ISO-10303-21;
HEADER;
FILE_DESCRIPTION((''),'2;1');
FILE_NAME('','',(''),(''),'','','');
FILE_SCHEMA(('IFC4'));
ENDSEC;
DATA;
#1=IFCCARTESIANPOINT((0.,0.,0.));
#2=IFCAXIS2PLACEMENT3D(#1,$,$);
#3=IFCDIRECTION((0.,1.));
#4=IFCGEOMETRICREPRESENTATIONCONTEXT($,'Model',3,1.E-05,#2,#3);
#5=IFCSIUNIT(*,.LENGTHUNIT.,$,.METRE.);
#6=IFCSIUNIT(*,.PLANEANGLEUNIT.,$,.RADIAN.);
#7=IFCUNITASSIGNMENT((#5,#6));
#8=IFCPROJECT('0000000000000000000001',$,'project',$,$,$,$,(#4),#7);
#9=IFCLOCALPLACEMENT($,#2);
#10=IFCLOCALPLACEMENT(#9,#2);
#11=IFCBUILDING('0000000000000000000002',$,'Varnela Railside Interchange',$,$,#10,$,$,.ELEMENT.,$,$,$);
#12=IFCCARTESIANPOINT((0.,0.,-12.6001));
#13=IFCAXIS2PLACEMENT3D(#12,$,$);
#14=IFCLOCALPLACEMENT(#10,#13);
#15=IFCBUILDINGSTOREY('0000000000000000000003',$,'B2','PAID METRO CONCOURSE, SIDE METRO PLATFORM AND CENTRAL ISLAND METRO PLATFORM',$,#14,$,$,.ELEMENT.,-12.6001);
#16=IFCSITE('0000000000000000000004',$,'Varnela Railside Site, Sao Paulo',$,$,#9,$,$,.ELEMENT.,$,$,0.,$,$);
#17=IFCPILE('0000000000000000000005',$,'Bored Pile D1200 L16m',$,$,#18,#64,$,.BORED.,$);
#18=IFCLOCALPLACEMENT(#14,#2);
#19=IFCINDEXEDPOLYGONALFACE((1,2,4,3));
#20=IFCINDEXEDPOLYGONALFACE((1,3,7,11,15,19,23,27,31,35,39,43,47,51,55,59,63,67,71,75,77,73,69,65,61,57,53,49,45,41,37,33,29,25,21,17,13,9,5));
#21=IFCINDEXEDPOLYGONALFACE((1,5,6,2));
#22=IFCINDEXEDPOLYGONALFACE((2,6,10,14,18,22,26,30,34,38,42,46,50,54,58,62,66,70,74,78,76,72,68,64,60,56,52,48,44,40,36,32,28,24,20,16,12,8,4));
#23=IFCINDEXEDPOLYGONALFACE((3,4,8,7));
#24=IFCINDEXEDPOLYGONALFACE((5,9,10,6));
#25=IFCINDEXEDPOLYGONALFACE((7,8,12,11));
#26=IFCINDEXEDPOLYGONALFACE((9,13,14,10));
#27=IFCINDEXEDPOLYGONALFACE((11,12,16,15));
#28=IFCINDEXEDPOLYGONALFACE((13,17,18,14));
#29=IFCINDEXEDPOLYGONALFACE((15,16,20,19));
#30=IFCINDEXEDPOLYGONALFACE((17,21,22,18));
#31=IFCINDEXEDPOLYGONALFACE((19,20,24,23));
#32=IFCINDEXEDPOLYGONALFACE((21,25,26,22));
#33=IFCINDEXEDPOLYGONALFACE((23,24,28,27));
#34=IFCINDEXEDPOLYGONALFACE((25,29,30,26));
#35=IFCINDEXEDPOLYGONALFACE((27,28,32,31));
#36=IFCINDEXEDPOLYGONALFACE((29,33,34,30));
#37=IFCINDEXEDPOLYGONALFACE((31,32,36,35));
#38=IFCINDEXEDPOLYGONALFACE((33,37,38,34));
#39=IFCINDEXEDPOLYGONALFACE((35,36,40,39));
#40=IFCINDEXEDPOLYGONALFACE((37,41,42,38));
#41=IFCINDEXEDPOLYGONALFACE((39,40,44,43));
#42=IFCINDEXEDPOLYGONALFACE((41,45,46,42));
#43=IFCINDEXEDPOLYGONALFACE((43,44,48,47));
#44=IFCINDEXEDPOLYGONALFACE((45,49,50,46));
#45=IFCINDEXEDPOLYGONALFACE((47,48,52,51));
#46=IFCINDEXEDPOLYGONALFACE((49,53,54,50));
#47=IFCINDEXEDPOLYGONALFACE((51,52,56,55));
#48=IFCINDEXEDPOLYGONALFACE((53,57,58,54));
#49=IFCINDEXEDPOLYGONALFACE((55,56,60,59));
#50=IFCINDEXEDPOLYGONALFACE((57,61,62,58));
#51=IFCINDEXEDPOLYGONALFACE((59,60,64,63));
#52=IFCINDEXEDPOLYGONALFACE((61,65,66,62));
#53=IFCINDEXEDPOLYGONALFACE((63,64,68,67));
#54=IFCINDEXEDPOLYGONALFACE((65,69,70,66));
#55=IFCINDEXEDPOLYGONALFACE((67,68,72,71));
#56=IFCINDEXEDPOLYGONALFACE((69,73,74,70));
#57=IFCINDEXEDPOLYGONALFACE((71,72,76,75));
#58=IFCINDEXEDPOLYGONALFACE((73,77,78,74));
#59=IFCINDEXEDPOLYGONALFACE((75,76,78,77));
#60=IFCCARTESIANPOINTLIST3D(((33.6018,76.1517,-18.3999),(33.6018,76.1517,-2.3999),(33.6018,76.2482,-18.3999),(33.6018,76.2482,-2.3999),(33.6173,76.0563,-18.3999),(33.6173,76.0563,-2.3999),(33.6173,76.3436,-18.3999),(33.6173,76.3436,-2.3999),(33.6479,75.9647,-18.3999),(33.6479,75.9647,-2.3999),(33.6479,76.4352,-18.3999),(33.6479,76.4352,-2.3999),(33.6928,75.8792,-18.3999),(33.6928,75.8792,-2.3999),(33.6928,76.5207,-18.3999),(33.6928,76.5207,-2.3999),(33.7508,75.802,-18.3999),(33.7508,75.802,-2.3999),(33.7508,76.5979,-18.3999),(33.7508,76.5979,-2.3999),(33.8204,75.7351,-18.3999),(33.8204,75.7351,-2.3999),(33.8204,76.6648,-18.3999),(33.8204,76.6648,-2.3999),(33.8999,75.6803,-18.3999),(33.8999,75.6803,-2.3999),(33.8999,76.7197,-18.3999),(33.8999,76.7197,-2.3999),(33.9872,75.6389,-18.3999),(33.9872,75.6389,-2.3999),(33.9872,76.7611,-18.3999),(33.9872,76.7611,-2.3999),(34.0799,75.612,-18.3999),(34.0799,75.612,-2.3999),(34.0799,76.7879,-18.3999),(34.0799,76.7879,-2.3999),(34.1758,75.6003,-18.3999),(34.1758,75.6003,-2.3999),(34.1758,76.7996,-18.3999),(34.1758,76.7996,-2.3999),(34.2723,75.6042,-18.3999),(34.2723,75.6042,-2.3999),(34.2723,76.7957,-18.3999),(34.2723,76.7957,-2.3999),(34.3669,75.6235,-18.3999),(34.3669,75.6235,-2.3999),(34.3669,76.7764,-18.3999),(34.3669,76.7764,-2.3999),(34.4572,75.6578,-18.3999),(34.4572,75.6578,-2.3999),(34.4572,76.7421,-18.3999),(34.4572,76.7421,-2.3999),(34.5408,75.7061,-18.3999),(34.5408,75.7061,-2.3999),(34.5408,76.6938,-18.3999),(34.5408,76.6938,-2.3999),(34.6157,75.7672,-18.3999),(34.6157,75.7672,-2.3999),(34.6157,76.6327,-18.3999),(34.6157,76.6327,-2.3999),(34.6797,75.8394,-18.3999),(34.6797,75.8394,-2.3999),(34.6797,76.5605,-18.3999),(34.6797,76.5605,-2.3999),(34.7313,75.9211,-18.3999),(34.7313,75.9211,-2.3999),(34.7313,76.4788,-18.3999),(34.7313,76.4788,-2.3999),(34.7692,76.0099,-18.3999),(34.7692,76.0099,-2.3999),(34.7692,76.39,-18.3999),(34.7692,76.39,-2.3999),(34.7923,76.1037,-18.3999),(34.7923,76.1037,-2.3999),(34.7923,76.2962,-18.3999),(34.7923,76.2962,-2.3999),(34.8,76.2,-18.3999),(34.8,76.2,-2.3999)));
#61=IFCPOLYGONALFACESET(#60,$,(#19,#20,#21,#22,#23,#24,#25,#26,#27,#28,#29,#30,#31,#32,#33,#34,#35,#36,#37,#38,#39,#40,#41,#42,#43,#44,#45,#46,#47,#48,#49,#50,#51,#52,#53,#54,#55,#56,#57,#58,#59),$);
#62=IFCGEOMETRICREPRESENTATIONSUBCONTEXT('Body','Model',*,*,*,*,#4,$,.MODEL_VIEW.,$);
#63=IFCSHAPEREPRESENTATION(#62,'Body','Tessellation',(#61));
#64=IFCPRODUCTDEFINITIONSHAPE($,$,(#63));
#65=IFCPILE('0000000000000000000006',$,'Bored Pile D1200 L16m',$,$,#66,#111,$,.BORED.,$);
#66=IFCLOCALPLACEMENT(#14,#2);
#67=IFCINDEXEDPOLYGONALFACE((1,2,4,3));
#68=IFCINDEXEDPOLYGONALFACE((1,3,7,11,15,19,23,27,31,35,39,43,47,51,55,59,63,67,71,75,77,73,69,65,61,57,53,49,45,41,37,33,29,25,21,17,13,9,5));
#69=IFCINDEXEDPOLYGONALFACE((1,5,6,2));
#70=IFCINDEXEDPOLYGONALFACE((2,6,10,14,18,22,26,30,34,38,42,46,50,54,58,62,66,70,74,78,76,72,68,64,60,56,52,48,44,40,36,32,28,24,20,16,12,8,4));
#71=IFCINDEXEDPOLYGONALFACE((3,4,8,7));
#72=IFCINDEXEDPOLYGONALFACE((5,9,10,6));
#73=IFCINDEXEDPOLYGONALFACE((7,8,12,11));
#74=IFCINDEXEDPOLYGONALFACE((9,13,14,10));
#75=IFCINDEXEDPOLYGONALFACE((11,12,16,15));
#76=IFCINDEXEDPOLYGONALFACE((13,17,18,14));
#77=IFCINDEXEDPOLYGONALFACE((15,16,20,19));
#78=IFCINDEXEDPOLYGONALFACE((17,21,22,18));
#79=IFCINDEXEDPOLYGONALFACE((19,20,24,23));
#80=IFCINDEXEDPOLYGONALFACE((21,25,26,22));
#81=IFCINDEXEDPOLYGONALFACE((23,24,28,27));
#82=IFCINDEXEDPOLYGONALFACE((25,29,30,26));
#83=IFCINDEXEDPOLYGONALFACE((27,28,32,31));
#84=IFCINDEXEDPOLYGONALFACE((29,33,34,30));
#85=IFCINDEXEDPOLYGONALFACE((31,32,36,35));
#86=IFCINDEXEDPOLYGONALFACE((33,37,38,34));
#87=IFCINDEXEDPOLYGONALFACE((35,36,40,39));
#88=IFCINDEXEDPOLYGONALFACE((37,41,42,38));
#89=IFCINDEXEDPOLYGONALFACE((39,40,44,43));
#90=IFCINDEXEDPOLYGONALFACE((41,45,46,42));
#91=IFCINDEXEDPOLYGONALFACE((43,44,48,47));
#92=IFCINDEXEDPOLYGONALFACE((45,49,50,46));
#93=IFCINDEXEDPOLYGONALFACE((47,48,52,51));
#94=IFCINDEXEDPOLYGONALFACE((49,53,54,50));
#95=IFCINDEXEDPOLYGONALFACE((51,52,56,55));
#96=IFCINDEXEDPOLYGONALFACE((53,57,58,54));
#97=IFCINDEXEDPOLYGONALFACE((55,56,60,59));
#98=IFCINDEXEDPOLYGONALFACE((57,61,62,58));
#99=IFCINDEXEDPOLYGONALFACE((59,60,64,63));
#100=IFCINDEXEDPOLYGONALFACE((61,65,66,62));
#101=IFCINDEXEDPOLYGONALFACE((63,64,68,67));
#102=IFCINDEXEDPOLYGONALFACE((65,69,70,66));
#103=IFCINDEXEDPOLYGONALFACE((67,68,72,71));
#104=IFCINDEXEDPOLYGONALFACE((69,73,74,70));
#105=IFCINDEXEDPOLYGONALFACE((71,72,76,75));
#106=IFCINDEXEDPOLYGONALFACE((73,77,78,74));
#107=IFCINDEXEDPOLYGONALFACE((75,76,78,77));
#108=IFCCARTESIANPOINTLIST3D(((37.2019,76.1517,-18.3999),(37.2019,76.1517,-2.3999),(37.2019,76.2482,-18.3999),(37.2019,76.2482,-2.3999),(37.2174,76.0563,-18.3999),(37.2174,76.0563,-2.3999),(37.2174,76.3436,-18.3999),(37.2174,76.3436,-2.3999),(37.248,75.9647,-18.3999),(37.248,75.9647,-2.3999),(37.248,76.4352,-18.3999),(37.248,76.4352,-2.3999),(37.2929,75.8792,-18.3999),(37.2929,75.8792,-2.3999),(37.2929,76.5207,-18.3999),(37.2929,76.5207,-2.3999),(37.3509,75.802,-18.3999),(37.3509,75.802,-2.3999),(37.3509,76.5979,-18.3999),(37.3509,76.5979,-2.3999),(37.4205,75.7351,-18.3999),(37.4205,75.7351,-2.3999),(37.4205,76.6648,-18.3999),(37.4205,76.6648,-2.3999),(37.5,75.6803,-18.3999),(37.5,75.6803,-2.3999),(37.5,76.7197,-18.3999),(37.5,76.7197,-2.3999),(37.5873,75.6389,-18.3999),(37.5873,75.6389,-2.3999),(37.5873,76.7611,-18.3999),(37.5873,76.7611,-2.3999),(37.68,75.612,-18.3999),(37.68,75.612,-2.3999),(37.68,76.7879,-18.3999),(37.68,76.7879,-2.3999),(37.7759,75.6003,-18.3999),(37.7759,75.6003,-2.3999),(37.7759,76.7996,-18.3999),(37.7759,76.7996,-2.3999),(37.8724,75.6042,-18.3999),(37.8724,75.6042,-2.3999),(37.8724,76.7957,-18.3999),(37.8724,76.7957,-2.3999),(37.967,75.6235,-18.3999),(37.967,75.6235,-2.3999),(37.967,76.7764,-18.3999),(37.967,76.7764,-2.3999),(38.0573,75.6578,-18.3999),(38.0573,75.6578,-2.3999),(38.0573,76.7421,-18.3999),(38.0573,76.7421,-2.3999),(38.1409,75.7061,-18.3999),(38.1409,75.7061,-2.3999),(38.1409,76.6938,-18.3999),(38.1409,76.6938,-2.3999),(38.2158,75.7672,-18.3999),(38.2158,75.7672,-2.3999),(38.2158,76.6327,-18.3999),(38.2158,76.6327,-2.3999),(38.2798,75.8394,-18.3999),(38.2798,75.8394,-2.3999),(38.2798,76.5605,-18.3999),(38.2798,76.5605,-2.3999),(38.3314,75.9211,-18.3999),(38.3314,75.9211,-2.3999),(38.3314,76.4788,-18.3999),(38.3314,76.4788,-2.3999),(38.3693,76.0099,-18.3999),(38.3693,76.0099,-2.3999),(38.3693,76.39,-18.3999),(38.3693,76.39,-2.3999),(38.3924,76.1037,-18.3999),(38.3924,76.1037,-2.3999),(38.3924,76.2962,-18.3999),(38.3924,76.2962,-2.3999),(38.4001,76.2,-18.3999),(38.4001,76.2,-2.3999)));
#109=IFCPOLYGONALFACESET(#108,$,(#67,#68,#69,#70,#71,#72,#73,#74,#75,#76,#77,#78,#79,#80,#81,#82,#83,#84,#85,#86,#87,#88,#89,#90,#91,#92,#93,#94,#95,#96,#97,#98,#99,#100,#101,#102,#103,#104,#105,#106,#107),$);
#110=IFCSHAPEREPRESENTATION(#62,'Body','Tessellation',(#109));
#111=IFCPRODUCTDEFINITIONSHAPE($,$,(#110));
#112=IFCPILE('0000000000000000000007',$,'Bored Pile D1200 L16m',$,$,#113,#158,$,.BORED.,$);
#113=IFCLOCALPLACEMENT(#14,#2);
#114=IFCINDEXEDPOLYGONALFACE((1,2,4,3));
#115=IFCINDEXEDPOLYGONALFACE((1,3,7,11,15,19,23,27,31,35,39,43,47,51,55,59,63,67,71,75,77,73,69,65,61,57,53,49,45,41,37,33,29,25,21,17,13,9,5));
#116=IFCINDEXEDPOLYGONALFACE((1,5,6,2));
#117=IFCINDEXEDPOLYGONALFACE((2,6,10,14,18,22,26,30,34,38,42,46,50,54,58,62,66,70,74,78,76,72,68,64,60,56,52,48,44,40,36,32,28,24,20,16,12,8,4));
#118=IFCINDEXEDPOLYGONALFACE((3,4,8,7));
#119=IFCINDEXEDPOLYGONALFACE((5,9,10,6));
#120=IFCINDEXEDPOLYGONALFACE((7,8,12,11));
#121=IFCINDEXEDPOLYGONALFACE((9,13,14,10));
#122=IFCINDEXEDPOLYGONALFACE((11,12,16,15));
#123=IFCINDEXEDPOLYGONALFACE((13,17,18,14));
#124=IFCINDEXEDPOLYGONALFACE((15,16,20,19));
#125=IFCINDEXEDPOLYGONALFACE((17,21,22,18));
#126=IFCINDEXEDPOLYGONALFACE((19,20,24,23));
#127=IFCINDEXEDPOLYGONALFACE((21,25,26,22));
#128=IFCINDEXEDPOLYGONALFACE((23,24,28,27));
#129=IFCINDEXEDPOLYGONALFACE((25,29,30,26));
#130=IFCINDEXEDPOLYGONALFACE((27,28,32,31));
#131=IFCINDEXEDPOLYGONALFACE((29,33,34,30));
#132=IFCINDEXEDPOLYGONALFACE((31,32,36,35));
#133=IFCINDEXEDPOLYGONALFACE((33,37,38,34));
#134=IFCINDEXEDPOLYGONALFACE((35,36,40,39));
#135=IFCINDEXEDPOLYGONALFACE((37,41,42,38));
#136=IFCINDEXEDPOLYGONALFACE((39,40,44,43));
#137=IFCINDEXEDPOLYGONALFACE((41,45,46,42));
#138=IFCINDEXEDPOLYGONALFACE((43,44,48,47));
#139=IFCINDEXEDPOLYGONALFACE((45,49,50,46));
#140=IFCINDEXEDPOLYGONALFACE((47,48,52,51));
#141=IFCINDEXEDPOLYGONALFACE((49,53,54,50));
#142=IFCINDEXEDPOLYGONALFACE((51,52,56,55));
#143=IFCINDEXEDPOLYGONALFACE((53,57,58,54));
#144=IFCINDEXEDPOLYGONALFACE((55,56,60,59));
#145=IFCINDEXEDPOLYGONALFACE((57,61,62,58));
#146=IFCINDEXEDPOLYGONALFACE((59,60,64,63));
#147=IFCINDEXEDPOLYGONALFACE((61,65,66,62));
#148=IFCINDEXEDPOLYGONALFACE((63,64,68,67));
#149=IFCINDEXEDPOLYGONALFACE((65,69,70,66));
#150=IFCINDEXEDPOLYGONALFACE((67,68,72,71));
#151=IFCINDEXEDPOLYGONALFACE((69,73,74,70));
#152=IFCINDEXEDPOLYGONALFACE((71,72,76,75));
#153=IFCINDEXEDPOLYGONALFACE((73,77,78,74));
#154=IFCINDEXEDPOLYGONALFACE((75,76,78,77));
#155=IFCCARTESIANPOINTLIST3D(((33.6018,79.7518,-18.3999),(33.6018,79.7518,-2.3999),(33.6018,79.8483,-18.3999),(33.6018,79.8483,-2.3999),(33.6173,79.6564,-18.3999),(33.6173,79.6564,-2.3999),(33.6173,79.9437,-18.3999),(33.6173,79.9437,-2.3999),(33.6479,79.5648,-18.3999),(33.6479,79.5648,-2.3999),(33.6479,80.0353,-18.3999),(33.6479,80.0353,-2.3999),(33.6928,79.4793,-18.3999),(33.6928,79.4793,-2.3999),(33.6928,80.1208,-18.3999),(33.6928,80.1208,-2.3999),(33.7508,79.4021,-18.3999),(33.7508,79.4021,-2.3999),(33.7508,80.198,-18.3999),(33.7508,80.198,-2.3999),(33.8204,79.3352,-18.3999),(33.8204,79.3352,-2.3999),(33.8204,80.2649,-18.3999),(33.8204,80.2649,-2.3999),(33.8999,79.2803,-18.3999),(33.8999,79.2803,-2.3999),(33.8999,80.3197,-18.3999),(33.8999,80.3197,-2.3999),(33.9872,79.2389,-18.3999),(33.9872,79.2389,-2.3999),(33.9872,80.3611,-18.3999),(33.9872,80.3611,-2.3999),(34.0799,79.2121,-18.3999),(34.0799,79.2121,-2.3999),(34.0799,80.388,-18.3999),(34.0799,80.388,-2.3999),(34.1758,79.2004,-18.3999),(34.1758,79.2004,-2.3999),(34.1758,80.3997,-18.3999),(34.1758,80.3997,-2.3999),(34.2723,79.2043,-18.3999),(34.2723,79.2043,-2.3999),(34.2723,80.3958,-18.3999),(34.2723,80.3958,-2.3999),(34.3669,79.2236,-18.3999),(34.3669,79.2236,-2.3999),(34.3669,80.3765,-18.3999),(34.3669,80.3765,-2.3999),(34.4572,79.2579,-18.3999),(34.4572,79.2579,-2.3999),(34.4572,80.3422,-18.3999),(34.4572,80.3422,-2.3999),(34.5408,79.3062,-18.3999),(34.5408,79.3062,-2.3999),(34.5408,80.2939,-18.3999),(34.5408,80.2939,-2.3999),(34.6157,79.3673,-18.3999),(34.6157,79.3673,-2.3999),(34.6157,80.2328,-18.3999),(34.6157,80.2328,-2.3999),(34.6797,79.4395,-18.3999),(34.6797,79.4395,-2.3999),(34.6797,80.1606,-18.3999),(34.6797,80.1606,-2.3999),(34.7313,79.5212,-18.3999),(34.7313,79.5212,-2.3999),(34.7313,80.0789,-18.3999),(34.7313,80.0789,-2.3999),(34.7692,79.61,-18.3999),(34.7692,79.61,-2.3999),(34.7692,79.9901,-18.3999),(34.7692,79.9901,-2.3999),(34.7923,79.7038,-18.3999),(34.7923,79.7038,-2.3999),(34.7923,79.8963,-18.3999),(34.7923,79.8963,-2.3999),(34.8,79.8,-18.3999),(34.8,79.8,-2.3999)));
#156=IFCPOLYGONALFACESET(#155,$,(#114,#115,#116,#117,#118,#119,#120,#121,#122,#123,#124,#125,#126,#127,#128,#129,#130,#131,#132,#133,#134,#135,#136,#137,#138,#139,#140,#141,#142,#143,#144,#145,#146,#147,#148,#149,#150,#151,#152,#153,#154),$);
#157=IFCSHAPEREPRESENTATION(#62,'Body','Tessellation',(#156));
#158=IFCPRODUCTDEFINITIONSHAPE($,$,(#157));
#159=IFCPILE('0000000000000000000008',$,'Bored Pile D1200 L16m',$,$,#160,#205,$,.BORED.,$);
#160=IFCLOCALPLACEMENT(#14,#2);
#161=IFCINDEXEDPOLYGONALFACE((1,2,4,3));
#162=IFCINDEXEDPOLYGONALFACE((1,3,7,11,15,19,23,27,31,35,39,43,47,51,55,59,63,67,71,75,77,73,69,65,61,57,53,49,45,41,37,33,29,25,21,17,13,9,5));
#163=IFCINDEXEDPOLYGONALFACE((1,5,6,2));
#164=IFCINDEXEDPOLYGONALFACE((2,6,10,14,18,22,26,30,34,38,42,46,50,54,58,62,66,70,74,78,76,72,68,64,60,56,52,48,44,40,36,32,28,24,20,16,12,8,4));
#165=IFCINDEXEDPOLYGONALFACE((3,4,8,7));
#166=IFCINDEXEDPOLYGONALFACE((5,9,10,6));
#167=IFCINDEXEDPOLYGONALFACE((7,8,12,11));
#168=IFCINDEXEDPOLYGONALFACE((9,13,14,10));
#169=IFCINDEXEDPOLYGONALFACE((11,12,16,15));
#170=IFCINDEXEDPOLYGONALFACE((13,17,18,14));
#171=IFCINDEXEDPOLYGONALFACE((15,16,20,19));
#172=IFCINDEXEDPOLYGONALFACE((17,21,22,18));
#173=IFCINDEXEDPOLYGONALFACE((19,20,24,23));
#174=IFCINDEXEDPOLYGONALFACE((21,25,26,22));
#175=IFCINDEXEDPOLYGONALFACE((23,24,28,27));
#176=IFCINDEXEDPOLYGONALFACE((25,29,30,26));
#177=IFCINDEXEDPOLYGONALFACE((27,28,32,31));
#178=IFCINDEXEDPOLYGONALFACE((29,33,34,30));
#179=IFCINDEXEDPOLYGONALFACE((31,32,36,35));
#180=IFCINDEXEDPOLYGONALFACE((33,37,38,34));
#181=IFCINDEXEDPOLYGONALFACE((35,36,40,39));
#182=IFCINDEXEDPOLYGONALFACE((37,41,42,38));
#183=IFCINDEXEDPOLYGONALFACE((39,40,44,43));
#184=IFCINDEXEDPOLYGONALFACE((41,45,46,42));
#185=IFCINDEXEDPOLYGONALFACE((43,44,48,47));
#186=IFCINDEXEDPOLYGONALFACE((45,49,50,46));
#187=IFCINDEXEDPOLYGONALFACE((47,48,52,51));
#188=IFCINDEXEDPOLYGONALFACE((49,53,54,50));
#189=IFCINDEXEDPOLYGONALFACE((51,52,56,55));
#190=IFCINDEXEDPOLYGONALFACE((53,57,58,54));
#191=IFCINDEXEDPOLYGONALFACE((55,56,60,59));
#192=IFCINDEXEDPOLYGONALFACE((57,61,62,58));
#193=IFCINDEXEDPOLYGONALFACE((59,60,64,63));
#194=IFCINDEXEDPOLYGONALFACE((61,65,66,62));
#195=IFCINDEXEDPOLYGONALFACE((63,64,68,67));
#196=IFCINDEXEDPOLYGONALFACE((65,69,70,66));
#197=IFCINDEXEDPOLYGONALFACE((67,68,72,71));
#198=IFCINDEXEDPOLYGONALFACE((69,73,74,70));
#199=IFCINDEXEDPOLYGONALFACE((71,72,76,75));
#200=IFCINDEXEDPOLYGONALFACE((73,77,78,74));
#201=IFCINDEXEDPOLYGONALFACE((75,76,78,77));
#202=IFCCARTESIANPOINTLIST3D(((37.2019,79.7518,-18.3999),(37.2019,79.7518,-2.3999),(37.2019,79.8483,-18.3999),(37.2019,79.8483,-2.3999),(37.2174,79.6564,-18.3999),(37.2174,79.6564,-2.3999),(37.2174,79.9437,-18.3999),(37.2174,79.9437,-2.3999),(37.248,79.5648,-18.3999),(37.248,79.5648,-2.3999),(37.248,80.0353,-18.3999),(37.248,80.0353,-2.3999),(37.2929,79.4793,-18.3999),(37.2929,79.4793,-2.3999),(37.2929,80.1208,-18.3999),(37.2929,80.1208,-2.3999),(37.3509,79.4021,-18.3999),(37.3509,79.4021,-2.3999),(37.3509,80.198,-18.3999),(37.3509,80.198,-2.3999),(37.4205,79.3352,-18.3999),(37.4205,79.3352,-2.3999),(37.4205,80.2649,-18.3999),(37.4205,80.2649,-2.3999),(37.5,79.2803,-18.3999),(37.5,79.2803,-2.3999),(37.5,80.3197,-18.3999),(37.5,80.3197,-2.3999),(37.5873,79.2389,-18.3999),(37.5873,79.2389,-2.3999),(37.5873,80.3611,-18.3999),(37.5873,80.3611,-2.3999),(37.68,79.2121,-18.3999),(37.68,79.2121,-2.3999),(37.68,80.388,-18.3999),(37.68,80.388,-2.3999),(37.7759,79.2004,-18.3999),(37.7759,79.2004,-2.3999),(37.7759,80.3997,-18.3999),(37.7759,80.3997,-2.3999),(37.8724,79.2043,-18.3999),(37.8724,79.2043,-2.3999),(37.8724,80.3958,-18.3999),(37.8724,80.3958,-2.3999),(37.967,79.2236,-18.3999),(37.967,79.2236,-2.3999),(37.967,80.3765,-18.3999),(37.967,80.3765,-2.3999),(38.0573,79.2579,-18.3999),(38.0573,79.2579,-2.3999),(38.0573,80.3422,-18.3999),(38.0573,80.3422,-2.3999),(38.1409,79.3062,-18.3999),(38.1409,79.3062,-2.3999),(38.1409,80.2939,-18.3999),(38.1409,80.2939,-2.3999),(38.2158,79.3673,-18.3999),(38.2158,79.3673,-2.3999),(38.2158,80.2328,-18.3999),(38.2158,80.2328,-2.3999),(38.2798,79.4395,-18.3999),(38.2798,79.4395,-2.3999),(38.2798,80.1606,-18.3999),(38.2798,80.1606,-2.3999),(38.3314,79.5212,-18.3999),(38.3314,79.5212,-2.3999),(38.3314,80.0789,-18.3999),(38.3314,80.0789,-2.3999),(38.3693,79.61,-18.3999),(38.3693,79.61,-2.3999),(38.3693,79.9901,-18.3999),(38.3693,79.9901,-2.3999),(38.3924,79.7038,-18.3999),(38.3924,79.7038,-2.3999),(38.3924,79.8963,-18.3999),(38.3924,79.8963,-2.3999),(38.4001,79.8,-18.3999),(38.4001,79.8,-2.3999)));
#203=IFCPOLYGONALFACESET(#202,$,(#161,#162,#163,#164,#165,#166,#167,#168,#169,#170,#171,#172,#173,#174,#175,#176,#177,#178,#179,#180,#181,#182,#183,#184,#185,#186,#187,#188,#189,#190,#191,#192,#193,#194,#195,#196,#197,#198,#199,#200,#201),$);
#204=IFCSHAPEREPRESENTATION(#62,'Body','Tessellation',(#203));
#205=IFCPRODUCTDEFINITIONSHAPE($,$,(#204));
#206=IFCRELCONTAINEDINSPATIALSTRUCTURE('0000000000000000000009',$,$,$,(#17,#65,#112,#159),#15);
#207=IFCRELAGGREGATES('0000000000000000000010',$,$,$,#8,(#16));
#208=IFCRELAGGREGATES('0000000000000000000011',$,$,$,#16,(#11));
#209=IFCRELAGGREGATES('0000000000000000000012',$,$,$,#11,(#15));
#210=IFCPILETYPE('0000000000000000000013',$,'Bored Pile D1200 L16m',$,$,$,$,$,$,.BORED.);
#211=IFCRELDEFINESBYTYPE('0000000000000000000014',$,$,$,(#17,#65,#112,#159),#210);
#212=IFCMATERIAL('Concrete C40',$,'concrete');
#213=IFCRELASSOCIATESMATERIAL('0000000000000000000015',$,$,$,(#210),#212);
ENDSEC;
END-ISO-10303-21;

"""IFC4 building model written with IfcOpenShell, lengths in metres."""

from ifc_helpers import new_model, si_unit, direction, frame, origin, origin_2d, place, context, subcontext, project, spatial, circle, extrude, material, material_profile, profile_set, type_object, element, save


model = new_model("IFC4")

# Units and contexts
model_context = context("Model", 3, precision=1e-05, world=origin(), true_north=direction((0.0, 1.0)))
body_context = subcontext(model_context, "Body", "Model", "MODEL_VIEW")
ifc_project = project(units=[si_unit("LENGTHUNIT", "METRE"), si_unit("PLANEANGLEUNIT", "RADIAN")], contexts=[model_context])

# Site, building, storey
site_placement = place(None, origin())
site = spatial("IfcSite", under=ifc_project, at=site_placement, Name="Varnela Railside Site, Sao Paulo", CompositionType="ELEMENT", RefElevation=0.0)
building_placement = place(site_placement, origin())
building = spatial("IfcBuilding", under=site, at=building_placement, Name="Varnela Railside Interchange", CompositionType="ELEMENT")
storey_placement = place(building_placement, frame((0.0, 0.0, -12.6001)))
storey = spatial("IfcBuildingStorey", under=building, at=storey_placement, Name="B2", Description="PAID METRO CONCOURSE, SIDE METRO PLATFORM AND CENTRAL ISLAND METRO PLATFORM", CompositionType="ELEMENT", Elevation=-12.6001)

# Piles
ifc_material_1 = material(Name="Concrete C40", Category="concrete")
ifc_material_profile_1 = material_profile(ifc_material_1, circle(Radius=0.6001, at=origin_2d()), Name="BORED PILE D1200")
ifc_profile_set_1 = profile_set([ifc_material_profile_1], Name="Concrete C40")
pile_type_1 = type_object("IfcPileType", Name="Bored Pile D1200 L16m", PredefinedType="BORED", material=ifc_profile_set_1)
for number, where, z_axis, x_axis, name in (
    (1, (34.2, 76.2, -2.3999), (0.0, 0.0, -1.0), (1.0, 0.0, 0.0), "Bored Pile D1200 L16m"),
    (2, (37.8, 76.2, -2.3999), (0.0, 0.0, -1.0), (1.0, 0.0, 0.0), "Bored Pile D1200 L16m"),
    (3, (34.2, 79.8, -2.3999), (0.0, 0.0, -1.0), (1.0, 0.0, 0.0), "Bored Pile D1200 L16m"),
    (4, (37.8, 79.8, -2.3999), (0.0, 0.0, -1.0), (1.0, 0.0, 0.0), "Bored Pile D1200 L16m"),
):
    element("IfcPile", number, at=place(storey_placement, frame(where, z_axis=z_axis, x_axis=x_axis)), inside=storey, type_object=pile_type_1, Name=name, PredefinedType="BORED", context=body_context, shape_type="SweptSolid", body=[
        extrude(circle(Radius=0.6001, at=origin_2d()), origin(), (0.0, 0.0, 1.0), 16.0),
    ])

save(model, "model.ifc")
